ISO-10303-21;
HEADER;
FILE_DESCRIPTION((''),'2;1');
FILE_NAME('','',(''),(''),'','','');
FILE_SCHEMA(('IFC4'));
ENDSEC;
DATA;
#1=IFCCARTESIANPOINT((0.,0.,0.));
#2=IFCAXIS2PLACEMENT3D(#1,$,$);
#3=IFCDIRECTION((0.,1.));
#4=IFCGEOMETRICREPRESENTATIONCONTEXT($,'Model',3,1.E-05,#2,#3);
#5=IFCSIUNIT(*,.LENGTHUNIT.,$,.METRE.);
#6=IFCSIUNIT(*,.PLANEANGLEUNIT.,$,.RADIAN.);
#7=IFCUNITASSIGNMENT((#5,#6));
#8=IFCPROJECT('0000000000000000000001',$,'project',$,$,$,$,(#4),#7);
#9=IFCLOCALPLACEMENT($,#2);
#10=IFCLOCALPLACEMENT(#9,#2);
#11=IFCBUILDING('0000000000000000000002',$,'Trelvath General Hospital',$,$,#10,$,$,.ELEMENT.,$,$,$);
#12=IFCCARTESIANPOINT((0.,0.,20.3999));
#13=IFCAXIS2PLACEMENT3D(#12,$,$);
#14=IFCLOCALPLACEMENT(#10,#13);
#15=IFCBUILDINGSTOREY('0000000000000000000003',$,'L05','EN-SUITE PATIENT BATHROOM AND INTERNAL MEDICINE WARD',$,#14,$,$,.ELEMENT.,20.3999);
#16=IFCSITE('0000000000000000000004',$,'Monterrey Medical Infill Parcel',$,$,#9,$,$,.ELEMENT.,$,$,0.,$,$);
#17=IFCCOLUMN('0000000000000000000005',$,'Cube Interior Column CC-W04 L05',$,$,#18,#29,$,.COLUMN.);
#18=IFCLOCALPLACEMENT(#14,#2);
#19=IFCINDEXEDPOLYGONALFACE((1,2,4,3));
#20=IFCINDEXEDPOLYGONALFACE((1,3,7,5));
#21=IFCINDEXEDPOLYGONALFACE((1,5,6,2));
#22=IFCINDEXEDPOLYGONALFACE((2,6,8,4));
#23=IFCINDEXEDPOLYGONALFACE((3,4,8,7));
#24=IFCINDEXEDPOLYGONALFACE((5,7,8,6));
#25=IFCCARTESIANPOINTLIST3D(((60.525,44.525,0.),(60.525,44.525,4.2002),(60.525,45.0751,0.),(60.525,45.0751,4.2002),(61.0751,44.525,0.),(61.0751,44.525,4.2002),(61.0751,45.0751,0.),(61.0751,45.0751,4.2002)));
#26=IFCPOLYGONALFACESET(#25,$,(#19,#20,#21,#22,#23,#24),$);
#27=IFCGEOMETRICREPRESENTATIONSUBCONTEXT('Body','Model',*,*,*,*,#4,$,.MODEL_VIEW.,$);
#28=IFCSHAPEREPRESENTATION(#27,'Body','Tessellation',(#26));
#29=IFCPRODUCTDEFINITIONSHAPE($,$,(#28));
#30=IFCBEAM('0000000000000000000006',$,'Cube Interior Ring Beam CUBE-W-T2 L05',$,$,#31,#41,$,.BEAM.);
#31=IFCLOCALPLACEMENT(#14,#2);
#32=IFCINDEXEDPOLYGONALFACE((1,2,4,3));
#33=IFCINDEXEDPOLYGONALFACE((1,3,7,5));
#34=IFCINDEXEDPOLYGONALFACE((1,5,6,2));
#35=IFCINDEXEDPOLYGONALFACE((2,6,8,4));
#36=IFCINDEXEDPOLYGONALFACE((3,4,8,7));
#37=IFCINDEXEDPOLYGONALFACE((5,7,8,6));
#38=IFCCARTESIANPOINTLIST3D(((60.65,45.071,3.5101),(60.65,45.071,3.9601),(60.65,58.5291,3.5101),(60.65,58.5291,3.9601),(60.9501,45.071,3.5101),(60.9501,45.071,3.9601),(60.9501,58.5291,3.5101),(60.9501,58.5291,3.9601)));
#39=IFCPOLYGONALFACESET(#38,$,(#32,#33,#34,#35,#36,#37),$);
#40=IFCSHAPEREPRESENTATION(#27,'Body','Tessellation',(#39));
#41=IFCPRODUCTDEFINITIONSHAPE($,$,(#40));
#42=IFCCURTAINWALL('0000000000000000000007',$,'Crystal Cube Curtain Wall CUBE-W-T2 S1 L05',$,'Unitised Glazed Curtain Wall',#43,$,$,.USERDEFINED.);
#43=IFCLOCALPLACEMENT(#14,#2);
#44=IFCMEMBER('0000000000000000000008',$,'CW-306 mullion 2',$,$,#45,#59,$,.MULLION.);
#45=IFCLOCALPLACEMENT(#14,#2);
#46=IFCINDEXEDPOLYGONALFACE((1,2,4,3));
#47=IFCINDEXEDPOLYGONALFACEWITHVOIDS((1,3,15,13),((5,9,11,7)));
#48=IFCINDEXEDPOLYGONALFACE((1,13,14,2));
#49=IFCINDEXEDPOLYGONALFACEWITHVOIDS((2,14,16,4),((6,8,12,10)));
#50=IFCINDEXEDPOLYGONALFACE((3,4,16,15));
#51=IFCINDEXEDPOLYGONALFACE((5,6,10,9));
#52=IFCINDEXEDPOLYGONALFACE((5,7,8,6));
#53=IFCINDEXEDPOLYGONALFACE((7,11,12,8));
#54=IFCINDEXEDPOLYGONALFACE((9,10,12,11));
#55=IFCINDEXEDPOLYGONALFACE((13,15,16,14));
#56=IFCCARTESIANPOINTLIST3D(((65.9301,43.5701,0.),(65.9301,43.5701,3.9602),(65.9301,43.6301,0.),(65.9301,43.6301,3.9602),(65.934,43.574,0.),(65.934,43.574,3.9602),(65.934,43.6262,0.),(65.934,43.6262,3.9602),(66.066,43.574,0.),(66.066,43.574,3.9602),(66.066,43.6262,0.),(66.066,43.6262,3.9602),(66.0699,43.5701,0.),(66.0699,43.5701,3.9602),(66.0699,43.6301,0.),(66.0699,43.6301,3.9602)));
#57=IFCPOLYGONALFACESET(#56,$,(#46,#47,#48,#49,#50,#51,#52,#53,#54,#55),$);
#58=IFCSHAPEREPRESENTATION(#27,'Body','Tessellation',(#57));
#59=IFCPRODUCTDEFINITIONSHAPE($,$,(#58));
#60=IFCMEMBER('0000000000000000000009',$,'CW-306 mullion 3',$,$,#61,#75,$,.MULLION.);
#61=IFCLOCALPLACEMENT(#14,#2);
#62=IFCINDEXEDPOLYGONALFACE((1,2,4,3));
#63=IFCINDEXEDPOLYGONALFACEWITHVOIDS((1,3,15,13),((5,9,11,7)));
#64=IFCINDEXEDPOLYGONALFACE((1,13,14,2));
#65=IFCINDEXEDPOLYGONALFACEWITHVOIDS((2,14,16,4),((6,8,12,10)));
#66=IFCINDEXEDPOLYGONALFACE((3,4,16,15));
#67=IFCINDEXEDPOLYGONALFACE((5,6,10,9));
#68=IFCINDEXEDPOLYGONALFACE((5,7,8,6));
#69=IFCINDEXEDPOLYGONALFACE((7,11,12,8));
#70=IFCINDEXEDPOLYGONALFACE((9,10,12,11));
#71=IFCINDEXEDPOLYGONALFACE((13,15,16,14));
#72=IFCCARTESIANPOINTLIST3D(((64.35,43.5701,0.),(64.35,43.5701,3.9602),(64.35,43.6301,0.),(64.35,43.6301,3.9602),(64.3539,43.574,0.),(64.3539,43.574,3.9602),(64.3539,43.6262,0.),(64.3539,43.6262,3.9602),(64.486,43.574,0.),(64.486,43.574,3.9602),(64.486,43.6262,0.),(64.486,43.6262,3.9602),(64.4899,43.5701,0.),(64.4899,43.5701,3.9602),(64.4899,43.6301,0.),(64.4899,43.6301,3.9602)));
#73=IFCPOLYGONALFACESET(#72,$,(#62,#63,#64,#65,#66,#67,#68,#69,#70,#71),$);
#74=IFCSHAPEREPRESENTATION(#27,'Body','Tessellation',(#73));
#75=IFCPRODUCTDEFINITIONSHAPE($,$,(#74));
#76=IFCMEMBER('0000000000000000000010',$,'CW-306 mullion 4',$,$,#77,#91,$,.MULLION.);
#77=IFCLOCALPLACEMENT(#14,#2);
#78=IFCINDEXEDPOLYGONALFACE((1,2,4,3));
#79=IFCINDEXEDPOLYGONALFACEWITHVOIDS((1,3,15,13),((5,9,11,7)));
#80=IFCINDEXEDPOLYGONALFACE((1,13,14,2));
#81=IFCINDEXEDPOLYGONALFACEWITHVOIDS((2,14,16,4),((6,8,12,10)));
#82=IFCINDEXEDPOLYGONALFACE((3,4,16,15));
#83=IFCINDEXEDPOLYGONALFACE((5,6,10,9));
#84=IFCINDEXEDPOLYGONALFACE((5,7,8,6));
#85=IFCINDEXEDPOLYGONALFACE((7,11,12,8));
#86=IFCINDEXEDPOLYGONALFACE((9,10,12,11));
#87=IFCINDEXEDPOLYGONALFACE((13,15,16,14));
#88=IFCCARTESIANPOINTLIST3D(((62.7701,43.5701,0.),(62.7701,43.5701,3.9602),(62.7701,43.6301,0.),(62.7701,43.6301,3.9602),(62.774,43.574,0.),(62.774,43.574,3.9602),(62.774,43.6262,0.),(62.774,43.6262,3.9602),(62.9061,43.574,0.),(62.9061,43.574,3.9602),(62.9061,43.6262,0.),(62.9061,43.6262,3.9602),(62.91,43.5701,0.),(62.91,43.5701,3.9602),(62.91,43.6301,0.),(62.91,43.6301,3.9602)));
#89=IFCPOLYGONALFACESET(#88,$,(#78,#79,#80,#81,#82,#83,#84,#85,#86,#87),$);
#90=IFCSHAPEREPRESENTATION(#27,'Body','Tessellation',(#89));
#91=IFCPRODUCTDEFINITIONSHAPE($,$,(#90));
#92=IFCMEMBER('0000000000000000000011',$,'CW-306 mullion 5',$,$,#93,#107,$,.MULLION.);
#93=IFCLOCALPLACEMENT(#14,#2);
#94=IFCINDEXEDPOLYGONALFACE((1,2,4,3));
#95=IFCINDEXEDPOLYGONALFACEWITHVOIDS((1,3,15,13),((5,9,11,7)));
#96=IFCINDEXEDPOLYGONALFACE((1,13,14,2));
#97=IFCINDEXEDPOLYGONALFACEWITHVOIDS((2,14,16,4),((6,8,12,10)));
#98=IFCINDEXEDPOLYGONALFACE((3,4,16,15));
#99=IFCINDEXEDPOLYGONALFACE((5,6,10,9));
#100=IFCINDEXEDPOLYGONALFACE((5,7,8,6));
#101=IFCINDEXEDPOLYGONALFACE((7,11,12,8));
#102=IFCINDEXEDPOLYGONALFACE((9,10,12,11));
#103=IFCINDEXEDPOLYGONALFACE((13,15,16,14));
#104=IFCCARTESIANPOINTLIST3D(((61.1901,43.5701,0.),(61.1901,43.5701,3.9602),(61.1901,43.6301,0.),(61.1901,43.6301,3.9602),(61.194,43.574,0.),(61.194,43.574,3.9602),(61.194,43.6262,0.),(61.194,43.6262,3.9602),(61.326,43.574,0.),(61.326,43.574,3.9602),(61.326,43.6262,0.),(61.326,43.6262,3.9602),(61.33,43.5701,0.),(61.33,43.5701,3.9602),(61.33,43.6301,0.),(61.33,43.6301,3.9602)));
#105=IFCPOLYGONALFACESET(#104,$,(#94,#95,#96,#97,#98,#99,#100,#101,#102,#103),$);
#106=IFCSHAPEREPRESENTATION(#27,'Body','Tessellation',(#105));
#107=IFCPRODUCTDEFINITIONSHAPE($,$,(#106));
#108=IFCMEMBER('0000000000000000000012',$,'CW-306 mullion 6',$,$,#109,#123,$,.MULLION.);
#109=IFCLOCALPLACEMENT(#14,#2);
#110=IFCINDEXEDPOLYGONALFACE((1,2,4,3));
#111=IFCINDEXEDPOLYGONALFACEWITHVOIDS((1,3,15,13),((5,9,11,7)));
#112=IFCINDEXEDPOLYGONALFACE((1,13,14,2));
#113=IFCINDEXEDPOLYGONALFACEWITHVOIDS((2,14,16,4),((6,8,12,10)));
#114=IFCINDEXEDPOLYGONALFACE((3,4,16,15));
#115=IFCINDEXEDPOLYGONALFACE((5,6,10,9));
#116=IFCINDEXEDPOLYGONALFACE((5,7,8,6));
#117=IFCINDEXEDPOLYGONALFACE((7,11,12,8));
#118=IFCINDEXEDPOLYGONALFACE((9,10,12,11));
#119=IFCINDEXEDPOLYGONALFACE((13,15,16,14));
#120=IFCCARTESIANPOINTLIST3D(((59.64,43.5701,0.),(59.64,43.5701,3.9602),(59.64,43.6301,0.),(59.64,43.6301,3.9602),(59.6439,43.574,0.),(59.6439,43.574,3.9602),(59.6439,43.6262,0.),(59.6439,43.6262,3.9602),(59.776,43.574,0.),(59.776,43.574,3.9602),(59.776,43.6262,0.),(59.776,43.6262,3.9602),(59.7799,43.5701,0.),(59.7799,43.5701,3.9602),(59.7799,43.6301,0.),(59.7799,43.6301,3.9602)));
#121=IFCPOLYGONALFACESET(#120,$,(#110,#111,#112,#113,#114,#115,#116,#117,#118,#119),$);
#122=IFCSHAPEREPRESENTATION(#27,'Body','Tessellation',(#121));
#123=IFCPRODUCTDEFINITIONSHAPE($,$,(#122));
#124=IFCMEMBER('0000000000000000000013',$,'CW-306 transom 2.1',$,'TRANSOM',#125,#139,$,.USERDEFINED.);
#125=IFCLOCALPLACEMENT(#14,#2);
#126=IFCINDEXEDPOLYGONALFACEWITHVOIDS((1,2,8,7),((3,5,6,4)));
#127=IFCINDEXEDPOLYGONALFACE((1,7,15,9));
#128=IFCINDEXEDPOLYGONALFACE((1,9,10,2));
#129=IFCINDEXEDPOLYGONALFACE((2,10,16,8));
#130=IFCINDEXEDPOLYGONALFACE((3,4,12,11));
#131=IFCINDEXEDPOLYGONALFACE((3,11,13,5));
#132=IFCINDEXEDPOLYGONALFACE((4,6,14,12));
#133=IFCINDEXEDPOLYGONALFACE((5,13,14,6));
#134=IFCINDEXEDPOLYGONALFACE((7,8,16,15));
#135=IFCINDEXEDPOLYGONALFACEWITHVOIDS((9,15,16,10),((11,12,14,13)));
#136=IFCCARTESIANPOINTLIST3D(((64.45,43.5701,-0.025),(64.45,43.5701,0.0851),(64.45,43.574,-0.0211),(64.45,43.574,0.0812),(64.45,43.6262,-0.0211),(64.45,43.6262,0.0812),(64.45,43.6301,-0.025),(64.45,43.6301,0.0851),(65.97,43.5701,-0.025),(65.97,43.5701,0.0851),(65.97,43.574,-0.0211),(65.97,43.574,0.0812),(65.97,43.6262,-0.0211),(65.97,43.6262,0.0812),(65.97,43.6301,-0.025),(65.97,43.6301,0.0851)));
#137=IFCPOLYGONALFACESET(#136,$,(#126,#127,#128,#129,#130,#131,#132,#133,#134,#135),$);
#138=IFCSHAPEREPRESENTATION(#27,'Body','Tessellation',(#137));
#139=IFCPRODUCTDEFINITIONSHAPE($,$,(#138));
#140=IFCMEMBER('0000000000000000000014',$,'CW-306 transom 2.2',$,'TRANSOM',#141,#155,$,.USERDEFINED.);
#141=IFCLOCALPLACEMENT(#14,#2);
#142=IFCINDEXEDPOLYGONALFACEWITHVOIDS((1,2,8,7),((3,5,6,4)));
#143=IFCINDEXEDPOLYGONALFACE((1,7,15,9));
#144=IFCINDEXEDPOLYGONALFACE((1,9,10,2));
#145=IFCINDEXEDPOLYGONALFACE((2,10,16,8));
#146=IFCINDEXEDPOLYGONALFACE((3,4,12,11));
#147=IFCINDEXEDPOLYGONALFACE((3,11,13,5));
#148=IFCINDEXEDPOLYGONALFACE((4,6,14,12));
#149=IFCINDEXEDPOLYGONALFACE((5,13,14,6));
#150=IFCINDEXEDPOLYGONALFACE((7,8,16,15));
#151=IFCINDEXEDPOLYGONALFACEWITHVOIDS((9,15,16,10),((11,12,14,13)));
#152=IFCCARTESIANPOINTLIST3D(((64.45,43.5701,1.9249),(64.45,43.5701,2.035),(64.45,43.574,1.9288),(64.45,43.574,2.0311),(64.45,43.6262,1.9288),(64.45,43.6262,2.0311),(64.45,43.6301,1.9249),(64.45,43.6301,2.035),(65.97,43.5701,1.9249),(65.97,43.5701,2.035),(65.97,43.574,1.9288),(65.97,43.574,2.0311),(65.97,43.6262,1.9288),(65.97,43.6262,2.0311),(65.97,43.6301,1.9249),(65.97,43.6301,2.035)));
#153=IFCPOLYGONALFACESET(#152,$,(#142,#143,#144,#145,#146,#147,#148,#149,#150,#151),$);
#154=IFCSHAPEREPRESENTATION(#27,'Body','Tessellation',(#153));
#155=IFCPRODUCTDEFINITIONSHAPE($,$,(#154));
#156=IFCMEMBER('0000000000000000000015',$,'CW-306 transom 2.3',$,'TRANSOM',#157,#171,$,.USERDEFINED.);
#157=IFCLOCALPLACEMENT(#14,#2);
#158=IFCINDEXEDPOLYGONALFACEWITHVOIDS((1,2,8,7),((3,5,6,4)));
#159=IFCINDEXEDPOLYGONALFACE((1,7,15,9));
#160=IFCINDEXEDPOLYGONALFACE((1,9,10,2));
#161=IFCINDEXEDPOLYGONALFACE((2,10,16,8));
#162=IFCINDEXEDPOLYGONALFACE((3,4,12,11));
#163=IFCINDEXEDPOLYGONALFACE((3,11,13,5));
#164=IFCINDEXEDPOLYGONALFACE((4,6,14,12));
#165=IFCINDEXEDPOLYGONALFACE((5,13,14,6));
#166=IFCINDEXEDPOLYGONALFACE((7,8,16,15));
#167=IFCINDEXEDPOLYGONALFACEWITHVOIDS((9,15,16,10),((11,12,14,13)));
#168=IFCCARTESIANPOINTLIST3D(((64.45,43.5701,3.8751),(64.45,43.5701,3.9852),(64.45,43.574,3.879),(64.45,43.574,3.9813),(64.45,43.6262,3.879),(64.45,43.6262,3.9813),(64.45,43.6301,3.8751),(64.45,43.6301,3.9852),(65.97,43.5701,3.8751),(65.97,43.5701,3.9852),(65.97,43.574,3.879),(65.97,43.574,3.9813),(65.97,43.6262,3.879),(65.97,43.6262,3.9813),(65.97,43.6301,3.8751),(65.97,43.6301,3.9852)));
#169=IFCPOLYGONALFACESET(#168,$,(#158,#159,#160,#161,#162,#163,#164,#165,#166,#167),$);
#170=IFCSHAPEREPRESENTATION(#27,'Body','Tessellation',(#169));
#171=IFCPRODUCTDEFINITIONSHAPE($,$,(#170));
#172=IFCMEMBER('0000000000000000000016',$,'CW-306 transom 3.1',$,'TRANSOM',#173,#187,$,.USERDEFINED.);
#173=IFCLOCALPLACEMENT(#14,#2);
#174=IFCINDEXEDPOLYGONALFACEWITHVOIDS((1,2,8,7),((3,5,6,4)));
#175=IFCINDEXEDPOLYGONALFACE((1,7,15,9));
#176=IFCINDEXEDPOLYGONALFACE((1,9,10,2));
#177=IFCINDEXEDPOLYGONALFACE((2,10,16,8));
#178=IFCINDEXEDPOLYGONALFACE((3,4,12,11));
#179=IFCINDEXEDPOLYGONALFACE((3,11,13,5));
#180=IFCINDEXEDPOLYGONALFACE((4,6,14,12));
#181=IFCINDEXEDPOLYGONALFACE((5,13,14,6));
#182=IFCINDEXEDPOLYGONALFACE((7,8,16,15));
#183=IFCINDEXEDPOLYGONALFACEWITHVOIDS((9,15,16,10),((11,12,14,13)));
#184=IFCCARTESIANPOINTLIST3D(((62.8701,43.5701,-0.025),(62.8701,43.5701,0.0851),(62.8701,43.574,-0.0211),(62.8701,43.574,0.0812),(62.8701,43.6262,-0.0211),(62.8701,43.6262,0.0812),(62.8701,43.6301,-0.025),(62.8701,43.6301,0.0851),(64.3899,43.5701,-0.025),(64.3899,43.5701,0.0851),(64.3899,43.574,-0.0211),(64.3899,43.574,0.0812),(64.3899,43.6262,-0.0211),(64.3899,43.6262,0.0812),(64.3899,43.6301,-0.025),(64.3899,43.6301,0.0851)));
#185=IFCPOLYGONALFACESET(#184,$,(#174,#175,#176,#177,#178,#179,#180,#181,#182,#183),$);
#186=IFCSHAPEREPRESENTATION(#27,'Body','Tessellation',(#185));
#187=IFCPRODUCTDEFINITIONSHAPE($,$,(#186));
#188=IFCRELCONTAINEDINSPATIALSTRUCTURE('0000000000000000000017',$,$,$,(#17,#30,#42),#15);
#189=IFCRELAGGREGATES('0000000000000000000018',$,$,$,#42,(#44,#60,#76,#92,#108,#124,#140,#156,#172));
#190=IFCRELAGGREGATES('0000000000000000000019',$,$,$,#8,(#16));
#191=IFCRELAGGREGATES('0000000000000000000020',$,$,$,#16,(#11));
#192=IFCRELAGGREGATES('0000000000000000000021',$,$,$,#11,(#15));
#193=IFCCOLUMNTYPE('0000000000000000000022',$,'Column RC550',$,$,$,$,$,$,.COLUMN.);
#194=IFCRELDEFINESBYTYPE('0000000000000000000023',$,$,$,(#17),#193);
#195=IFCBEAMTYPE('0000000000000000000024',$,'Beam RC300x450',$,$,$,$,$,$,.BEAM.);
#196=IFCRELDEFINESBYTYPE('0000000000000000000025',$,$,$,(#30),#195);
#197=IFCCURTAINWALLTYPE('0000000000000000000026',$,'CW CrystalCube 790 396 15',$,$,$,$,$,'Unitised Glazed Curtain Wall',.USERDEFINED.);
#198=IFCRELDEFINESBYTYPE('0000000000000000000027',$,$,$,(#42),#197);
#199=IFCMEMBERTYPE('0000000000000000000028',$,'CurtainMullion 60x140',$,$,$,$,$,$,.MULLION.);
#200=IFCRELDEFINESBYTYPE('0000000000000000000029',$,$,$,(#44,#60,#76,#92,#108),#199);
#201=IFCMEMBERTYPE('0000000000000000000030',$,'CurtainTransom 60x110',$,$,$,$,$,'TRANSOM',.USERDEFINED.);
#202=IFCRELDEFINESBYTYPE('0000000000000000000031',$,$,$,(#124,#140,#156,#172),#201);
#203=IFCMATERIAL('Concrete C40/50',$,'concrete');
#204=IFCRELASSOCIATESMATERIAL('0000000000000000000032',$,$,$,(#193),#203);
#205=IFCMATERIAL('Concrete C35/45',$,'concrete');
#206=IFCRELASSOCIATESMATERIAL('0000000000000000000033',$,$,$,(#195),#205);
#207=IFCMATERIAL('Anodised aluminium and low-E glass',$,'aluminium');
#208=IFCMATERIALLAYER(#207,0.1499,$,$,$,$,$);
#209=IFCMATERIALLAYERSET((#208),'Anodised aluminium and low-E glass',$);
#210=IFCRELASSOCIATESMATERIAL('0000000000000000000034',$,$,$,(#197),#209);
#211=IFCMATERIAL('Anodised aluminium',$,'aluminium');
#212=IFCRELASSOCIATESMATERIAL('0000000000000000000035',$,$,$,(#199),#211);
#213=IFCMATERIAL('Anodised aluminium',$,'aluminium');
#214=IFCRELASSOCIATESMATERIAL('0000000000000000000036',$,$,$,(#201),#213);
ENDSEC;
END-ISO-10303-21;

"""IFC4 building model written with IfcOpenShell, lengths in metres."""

from ifc_helpers import new_model, si_unit, direction, frame, origin, origin_2d, place, context, subcontext, project, spatial, rectangle, hollow_rectangle, extrude, material, layer, layer_set, material_profile, profile_set, type_object, element, aggregate, save


model = new_model("IFC4")

# Units and contexts
model_context = context("Model", 3, precision=1e-05, world=origin(), true_north=direction((0.0, 1.0)))
body_context = subcontext(model_context, "Body", "Model", "MODEL_VIEW")
ifc_project = project(units=[si_unit("LENGTHUNIT", "METRE"), si_unit("PLANEANGLEUNIT", "RADIAN")], contexts=[model_context])

# Site, building, storey
site_placement = place(None, origin())
site = spatial("IfcSite", under=ifc_project, at=site_placement, Name="Monterrey Medical Infill Parcel", CompositionType="ELEMENT", RefElevation=0.0)
building_placement = place(site_placement, origin())
building = spatial("IfcBuilding", under=site, at=building_placement, Name="Trelvath General Hospital", CompositionType="ELEMENT")
storey_placement = place(building_placement, frame((0.0, 0.0, 20.3999)))
storey = spatial("IfcBuildingStorey", under=building, at=storey_placement, Name="L05", Description="EN-SUITE PATIENT BATHROOM AND INTERNAL MEDICINE WARD", CompositionType="ELEMENT", Elevation=20.3999)

# Column
ifc_material_1 = material(Name="Concrete C40/50", Category="concrete")
ifc_material_profile_1 = material_profile(ifc_material_1, rectangle(XDim=0.55, YDim=0.55, at=origin_2d()), Name="RC550x550")
ifc_profile_set_1 = profile_set([ifc_material_profile_1], Name="Concrete C40/50")
column_type = type_object("IfcColumnType", Name="Column RC550", PredefinedType="COLUMN", material=ifc_profile_set_1)
column_placement = place(storey_placement, frame((60.8, 44.8, 0.0), z_axis=(0.0, 0.0, 1.0), x_axis=(1.0, 0.0, 0.0)))
element("IfcColumn", 1, at=column_placement, inside=storey, type_object=column_type, Name="Cube Interior Column CC-W04 L05", PredefinedType="COLUMN", context=body_context, shape_type="SweptSolid", body=[
    extrude(rectangle(XDim=0.55, YDim=0.55, at=origin_2d()), origin(), (0.0, 0.0, 1.0), 4.2002),
])

# Beam
ifc_material_2 = material(Name="Concrete C35/45", Category="concrete")
ifc_material_profile_2 = material_profile(ifc_material_2, rectangle(XDim=0.3, YDim=0.45, at=origin_2d()), Name="RCB300x450")
ifc_profile_set_2 = profile_set([ifc_material_profile_2], Name="Concrete C35/45")
beam_type = type_object("IfcBeamType", Name="Beam RC300x450", PredefinedType="BEAM", material=ifc_profile_set_2)
beam_placement = place(storey_placement, frame((60.8, 45.071, 3.7351), z_axis=(0.0, 1.0, 0.0), x_axis=(-1.0, 0.0, 0.0)))
element("IfcBeam", 2, at=beam_placement, inside=storey, type_object=beam_type, Name="Cube Interior Ring Beam CUBE-W-T2 L05", PredefinedType="BEAM", context=body_context, shape_type="SweptSolid", body=[
    extrude(rectangle(XDim=0.3, YDim=0.45, at=origin_2d()), origin(), (0.0, 0.0, 1.0), 13.458),
])

# Curtain wall, members
ifc_material_3 = material(Name="Anodised aluminium and low-E glass", Category="aluminium")
ifc_layer_1 = layer(ifc_material_3, 0.1499)
ifc_layer_set_1 = layer_set([ifc_layer_1], Name="Anodised aluminium and low-E glass")
curtain_wall_type = type_object("IfcCurtainWallType", Name="CW CrystalCube 790 396 15", ElementType="Unitised Glazed Curtain Wall", PredefinedType="USERDEFINED", material=ifc_layer_set_1)
curtain_wall_placement = place(storey_placement, origin())
curtain_wall = element("IfcCurtainWall", 3, at=curtain_wall_placement, inside=storey, type_object=curtain_wall_type, Name="Crystal Cube Curtain Wall CUBE-W-T2 S1 L05", ObjectType="Unitised Glazed Curtain Wall", PredefinedType="USERDEFINED")
ifc_material_4 = material(Name="Anodised aluminium", Category="aluminium")
ifc_material_profile_3 = material_profile(ifc_material_4, hollow_rectangle(XDim=0.0601, YDim=0.1399, WallThickness=0.0039, at=origin_2d()), Name="RHS60x140x4")
ifc_profile_set_3 = profile_set([ifc_material_profile_3], Name="Anodised aluminium")
member_type_1 = type_object("IfcMemberType", Name="CurtainMullion 60x140", PredefinedType="MULLION", material=ifc_profile_set_3)
member_1_placement = place(storey_placement, frame((66.0, 43.6001, 0.0), z_axis=(0.0, 0.0, 1.0), x_axis=(0.0, -1.0, 0.0)))
member_1 = element("IfcMember", 4, at=member_1_placement, type_object=member_type_1, Name="CW-306 mullion 2", PredefinedType="MULLION", context=body_context, shape_type="SweptSolid", body=[
    extrude(hollow_rectangle(XDim=0.0601, YDim=0.1399, WallThickness=0.0039, at=origin_2d()), origin(), (0.0, 0.0, 1.0), 3.9602),
])
member_2_placement = place(storey_placement, frame((64.4199, 43.6001, 0.0), z_axis=(0.0, 0.0, 1.0), x_axis=(0.0, -1.0, 0.0)))
member_2 = element("IfcMember", 5, at=member_2_placement, type_object=member_type_1, Name="CW-306 mullion 3", PredefinedType="MULLION", context=body_context, shape_type="SweptSolid", body=[
    extrude(hollow_rectangle(XDim=0.0601, YDim=0.1399, WallThickness=0.0039, at=origin_2d()), origin(), (0.0, 0.0, 1.0), 3.9602),
])
member_3_placement = place(storey_placement, frame((62.8401, 43.6001, 0.0), z_axis=(0.0, 0.0, 1.0), x_axis=(0.0, -1.0, 0.0)))
member_3 = element("IfcMember", 6, at=member_3_placement, type_object=member_type_1, Name="CW-306 mullion 4", PredefinedType="MULLION", context=body_context, shape_type="SweptSolid", body=[
    extrude(hollow_rectangle(XDim=0.0601, YDim=0.1399, WallThickness=0.0039, at=origin_2d()), origin(), (0.0, 0.0, 1.0), 3.9602),
])
member_4_placement = place(storey_placement, frame((61.26, 43.6001, 0.0), z_axis=(0.0, 0.0, 1.0), x_axis=(0.0, -1.0, 0.0)))
member_4 = element("IfcMember", 7, at=member_4_placement, type_object=member_type_1, Name="CW-306 mullion 5", PredefinedType="MULLION", context=body_context, shape_type="SweptSolid", body=[
    extrude(hollow_rectangle(XDim=0.0601, YDim=0.1399, WallThickness=0.0039, at=origin_2d()), origin(), (0.0, 0.0, 1.0), 3.9602),
])
member_5_placement = place(storey_placement, frame((59.71, 43.6001, 0.0), z_axis=(0.0, 0.0, 1.0), x_axis=(0.0, -1.0, 0.0)))
member_5 = element("IfcMember", 8, at=member_5_placement, type_object=member_type_1, Name="CW-306 mullion 6", PredefinedType="MULLION", context=body_context, shape_type="SweptSolid", body=[
    extrude(hollow_rectangle(XDim=0.0601, YDim=0.1399, WallThickness=0.0039, at=origin_2d()), origin(), (0.0, 0.0, 1.0), 3.9602),
])
ifc_material_5 = material(Name="Anodised aluminium", Category="aluminium")
ifc_material_profile_4 = material_profile(ifc_material_5, hollow_rectangle(XDim=0.0601, YDim=0.1101, WallThickness=0.0039, at=origin_2d()), Name="RHS60x110x4")
ifc_profile_set_4 = profile_set([ifc_material_profile_4], Name="Anodised aluminium")
member_type_2 = type_object("IfcMemberType", Name="CurtainTransom 60x110", ElementType="TRANSOM", PredefinedType="USERDEFINED", material=ifc_profile_set_4)
member_6_placement = place(storey_placement, frame((65.97, 43.6001, 0.03), z_axis=(-1.0, 0.0, 0.0), x_axis=(0.0, -1.0, 0.0)))
member_6 = element("IfcMember", 9, at=member_6_placement, type_object=member_type_2, Name="CW-306 transom 2.1", ObjectType="TRANSOM", PredefinedType="USERDEFINED", context=body_context, shape_type="SweptSolid", body=[
    extrude(hollow_rectangle(XDim=0.0601, YDim=0.1101, WallThickness=0.0039, at=origin_2d()), origin(), (0.0, 0.0, 1.0), 1.52),
])
member_7_placement = place(storey_placement, frame((65.97, 43.6001, 1.98), z_axis=(-1.0, 0.0, 0.0), x_axis=(0.0, -1.0, 0.0)))
member_7 = element("IfcMember", 10, at=member_7_placement, type_object=member_type_2, Name="CW-306 transom 2.2", ObjectType="TRANSOM", PredefinedType="USERDEFINED", context=body_context, shape_type="SweptSolid", body=[
    extrude(hollow_rectangle(XDim=0.0601, YDim=0.1101, WallThickness=0.0039, at=origin_2d()), origin(), (0.0, 0.0, 1.0), 1.52),
])
member_8_placement = place(storey_placement, frame((65.97, 43.6001, 3.9302), z_axis=(-1.0, 0.0, 0.0), x_axis=(0.0, -1.0, 0.0)))
member_8 = element("IfcMember", 11, at=member_8_placement, type_object=member_type_2, Name="CW-306 transom 2.3", ObjectType="TRANSOM", PredefinedType="USERDEFINED", context=body_context, shape_type="SweptSolid", body=[
    extrude(hollow_rectangle(XDim=0.0601, YDim=0.1101, WallThickness=0.0039, at=origin_2d()), origin(), (0.0, 0.0, 1.0), 1.52),
])
member_9_placement = place(storey_placement, frame((64.3899, 43.6001, 0.03), z_axis=(-1.0, 0.0, 0.0), x_axis=(0.0, -1.0, 0.0)))
member_9 = element("IfcMember", 12, at=member_9_placement, type_object=member_type_2, Name="CW-306 transom 3.1", ObjectType="TRANSOM", PredefinedType="USERDEFINED", context=body_context, shape_type="SweptSolid", body=[
    extrude(hollow_rectangle(XDim=0.0601, YDim=0.1101, WallThickness=0.0039, at=origin_2d()), origin(), (0.0, 0.0, 1.0), 1.5198),
])
aggregate(curtain_wall, [member_1, member_2, member_3, member_4, member_5, member_6, member_7, member_8, member_9])

save(model, "model.ifc")
